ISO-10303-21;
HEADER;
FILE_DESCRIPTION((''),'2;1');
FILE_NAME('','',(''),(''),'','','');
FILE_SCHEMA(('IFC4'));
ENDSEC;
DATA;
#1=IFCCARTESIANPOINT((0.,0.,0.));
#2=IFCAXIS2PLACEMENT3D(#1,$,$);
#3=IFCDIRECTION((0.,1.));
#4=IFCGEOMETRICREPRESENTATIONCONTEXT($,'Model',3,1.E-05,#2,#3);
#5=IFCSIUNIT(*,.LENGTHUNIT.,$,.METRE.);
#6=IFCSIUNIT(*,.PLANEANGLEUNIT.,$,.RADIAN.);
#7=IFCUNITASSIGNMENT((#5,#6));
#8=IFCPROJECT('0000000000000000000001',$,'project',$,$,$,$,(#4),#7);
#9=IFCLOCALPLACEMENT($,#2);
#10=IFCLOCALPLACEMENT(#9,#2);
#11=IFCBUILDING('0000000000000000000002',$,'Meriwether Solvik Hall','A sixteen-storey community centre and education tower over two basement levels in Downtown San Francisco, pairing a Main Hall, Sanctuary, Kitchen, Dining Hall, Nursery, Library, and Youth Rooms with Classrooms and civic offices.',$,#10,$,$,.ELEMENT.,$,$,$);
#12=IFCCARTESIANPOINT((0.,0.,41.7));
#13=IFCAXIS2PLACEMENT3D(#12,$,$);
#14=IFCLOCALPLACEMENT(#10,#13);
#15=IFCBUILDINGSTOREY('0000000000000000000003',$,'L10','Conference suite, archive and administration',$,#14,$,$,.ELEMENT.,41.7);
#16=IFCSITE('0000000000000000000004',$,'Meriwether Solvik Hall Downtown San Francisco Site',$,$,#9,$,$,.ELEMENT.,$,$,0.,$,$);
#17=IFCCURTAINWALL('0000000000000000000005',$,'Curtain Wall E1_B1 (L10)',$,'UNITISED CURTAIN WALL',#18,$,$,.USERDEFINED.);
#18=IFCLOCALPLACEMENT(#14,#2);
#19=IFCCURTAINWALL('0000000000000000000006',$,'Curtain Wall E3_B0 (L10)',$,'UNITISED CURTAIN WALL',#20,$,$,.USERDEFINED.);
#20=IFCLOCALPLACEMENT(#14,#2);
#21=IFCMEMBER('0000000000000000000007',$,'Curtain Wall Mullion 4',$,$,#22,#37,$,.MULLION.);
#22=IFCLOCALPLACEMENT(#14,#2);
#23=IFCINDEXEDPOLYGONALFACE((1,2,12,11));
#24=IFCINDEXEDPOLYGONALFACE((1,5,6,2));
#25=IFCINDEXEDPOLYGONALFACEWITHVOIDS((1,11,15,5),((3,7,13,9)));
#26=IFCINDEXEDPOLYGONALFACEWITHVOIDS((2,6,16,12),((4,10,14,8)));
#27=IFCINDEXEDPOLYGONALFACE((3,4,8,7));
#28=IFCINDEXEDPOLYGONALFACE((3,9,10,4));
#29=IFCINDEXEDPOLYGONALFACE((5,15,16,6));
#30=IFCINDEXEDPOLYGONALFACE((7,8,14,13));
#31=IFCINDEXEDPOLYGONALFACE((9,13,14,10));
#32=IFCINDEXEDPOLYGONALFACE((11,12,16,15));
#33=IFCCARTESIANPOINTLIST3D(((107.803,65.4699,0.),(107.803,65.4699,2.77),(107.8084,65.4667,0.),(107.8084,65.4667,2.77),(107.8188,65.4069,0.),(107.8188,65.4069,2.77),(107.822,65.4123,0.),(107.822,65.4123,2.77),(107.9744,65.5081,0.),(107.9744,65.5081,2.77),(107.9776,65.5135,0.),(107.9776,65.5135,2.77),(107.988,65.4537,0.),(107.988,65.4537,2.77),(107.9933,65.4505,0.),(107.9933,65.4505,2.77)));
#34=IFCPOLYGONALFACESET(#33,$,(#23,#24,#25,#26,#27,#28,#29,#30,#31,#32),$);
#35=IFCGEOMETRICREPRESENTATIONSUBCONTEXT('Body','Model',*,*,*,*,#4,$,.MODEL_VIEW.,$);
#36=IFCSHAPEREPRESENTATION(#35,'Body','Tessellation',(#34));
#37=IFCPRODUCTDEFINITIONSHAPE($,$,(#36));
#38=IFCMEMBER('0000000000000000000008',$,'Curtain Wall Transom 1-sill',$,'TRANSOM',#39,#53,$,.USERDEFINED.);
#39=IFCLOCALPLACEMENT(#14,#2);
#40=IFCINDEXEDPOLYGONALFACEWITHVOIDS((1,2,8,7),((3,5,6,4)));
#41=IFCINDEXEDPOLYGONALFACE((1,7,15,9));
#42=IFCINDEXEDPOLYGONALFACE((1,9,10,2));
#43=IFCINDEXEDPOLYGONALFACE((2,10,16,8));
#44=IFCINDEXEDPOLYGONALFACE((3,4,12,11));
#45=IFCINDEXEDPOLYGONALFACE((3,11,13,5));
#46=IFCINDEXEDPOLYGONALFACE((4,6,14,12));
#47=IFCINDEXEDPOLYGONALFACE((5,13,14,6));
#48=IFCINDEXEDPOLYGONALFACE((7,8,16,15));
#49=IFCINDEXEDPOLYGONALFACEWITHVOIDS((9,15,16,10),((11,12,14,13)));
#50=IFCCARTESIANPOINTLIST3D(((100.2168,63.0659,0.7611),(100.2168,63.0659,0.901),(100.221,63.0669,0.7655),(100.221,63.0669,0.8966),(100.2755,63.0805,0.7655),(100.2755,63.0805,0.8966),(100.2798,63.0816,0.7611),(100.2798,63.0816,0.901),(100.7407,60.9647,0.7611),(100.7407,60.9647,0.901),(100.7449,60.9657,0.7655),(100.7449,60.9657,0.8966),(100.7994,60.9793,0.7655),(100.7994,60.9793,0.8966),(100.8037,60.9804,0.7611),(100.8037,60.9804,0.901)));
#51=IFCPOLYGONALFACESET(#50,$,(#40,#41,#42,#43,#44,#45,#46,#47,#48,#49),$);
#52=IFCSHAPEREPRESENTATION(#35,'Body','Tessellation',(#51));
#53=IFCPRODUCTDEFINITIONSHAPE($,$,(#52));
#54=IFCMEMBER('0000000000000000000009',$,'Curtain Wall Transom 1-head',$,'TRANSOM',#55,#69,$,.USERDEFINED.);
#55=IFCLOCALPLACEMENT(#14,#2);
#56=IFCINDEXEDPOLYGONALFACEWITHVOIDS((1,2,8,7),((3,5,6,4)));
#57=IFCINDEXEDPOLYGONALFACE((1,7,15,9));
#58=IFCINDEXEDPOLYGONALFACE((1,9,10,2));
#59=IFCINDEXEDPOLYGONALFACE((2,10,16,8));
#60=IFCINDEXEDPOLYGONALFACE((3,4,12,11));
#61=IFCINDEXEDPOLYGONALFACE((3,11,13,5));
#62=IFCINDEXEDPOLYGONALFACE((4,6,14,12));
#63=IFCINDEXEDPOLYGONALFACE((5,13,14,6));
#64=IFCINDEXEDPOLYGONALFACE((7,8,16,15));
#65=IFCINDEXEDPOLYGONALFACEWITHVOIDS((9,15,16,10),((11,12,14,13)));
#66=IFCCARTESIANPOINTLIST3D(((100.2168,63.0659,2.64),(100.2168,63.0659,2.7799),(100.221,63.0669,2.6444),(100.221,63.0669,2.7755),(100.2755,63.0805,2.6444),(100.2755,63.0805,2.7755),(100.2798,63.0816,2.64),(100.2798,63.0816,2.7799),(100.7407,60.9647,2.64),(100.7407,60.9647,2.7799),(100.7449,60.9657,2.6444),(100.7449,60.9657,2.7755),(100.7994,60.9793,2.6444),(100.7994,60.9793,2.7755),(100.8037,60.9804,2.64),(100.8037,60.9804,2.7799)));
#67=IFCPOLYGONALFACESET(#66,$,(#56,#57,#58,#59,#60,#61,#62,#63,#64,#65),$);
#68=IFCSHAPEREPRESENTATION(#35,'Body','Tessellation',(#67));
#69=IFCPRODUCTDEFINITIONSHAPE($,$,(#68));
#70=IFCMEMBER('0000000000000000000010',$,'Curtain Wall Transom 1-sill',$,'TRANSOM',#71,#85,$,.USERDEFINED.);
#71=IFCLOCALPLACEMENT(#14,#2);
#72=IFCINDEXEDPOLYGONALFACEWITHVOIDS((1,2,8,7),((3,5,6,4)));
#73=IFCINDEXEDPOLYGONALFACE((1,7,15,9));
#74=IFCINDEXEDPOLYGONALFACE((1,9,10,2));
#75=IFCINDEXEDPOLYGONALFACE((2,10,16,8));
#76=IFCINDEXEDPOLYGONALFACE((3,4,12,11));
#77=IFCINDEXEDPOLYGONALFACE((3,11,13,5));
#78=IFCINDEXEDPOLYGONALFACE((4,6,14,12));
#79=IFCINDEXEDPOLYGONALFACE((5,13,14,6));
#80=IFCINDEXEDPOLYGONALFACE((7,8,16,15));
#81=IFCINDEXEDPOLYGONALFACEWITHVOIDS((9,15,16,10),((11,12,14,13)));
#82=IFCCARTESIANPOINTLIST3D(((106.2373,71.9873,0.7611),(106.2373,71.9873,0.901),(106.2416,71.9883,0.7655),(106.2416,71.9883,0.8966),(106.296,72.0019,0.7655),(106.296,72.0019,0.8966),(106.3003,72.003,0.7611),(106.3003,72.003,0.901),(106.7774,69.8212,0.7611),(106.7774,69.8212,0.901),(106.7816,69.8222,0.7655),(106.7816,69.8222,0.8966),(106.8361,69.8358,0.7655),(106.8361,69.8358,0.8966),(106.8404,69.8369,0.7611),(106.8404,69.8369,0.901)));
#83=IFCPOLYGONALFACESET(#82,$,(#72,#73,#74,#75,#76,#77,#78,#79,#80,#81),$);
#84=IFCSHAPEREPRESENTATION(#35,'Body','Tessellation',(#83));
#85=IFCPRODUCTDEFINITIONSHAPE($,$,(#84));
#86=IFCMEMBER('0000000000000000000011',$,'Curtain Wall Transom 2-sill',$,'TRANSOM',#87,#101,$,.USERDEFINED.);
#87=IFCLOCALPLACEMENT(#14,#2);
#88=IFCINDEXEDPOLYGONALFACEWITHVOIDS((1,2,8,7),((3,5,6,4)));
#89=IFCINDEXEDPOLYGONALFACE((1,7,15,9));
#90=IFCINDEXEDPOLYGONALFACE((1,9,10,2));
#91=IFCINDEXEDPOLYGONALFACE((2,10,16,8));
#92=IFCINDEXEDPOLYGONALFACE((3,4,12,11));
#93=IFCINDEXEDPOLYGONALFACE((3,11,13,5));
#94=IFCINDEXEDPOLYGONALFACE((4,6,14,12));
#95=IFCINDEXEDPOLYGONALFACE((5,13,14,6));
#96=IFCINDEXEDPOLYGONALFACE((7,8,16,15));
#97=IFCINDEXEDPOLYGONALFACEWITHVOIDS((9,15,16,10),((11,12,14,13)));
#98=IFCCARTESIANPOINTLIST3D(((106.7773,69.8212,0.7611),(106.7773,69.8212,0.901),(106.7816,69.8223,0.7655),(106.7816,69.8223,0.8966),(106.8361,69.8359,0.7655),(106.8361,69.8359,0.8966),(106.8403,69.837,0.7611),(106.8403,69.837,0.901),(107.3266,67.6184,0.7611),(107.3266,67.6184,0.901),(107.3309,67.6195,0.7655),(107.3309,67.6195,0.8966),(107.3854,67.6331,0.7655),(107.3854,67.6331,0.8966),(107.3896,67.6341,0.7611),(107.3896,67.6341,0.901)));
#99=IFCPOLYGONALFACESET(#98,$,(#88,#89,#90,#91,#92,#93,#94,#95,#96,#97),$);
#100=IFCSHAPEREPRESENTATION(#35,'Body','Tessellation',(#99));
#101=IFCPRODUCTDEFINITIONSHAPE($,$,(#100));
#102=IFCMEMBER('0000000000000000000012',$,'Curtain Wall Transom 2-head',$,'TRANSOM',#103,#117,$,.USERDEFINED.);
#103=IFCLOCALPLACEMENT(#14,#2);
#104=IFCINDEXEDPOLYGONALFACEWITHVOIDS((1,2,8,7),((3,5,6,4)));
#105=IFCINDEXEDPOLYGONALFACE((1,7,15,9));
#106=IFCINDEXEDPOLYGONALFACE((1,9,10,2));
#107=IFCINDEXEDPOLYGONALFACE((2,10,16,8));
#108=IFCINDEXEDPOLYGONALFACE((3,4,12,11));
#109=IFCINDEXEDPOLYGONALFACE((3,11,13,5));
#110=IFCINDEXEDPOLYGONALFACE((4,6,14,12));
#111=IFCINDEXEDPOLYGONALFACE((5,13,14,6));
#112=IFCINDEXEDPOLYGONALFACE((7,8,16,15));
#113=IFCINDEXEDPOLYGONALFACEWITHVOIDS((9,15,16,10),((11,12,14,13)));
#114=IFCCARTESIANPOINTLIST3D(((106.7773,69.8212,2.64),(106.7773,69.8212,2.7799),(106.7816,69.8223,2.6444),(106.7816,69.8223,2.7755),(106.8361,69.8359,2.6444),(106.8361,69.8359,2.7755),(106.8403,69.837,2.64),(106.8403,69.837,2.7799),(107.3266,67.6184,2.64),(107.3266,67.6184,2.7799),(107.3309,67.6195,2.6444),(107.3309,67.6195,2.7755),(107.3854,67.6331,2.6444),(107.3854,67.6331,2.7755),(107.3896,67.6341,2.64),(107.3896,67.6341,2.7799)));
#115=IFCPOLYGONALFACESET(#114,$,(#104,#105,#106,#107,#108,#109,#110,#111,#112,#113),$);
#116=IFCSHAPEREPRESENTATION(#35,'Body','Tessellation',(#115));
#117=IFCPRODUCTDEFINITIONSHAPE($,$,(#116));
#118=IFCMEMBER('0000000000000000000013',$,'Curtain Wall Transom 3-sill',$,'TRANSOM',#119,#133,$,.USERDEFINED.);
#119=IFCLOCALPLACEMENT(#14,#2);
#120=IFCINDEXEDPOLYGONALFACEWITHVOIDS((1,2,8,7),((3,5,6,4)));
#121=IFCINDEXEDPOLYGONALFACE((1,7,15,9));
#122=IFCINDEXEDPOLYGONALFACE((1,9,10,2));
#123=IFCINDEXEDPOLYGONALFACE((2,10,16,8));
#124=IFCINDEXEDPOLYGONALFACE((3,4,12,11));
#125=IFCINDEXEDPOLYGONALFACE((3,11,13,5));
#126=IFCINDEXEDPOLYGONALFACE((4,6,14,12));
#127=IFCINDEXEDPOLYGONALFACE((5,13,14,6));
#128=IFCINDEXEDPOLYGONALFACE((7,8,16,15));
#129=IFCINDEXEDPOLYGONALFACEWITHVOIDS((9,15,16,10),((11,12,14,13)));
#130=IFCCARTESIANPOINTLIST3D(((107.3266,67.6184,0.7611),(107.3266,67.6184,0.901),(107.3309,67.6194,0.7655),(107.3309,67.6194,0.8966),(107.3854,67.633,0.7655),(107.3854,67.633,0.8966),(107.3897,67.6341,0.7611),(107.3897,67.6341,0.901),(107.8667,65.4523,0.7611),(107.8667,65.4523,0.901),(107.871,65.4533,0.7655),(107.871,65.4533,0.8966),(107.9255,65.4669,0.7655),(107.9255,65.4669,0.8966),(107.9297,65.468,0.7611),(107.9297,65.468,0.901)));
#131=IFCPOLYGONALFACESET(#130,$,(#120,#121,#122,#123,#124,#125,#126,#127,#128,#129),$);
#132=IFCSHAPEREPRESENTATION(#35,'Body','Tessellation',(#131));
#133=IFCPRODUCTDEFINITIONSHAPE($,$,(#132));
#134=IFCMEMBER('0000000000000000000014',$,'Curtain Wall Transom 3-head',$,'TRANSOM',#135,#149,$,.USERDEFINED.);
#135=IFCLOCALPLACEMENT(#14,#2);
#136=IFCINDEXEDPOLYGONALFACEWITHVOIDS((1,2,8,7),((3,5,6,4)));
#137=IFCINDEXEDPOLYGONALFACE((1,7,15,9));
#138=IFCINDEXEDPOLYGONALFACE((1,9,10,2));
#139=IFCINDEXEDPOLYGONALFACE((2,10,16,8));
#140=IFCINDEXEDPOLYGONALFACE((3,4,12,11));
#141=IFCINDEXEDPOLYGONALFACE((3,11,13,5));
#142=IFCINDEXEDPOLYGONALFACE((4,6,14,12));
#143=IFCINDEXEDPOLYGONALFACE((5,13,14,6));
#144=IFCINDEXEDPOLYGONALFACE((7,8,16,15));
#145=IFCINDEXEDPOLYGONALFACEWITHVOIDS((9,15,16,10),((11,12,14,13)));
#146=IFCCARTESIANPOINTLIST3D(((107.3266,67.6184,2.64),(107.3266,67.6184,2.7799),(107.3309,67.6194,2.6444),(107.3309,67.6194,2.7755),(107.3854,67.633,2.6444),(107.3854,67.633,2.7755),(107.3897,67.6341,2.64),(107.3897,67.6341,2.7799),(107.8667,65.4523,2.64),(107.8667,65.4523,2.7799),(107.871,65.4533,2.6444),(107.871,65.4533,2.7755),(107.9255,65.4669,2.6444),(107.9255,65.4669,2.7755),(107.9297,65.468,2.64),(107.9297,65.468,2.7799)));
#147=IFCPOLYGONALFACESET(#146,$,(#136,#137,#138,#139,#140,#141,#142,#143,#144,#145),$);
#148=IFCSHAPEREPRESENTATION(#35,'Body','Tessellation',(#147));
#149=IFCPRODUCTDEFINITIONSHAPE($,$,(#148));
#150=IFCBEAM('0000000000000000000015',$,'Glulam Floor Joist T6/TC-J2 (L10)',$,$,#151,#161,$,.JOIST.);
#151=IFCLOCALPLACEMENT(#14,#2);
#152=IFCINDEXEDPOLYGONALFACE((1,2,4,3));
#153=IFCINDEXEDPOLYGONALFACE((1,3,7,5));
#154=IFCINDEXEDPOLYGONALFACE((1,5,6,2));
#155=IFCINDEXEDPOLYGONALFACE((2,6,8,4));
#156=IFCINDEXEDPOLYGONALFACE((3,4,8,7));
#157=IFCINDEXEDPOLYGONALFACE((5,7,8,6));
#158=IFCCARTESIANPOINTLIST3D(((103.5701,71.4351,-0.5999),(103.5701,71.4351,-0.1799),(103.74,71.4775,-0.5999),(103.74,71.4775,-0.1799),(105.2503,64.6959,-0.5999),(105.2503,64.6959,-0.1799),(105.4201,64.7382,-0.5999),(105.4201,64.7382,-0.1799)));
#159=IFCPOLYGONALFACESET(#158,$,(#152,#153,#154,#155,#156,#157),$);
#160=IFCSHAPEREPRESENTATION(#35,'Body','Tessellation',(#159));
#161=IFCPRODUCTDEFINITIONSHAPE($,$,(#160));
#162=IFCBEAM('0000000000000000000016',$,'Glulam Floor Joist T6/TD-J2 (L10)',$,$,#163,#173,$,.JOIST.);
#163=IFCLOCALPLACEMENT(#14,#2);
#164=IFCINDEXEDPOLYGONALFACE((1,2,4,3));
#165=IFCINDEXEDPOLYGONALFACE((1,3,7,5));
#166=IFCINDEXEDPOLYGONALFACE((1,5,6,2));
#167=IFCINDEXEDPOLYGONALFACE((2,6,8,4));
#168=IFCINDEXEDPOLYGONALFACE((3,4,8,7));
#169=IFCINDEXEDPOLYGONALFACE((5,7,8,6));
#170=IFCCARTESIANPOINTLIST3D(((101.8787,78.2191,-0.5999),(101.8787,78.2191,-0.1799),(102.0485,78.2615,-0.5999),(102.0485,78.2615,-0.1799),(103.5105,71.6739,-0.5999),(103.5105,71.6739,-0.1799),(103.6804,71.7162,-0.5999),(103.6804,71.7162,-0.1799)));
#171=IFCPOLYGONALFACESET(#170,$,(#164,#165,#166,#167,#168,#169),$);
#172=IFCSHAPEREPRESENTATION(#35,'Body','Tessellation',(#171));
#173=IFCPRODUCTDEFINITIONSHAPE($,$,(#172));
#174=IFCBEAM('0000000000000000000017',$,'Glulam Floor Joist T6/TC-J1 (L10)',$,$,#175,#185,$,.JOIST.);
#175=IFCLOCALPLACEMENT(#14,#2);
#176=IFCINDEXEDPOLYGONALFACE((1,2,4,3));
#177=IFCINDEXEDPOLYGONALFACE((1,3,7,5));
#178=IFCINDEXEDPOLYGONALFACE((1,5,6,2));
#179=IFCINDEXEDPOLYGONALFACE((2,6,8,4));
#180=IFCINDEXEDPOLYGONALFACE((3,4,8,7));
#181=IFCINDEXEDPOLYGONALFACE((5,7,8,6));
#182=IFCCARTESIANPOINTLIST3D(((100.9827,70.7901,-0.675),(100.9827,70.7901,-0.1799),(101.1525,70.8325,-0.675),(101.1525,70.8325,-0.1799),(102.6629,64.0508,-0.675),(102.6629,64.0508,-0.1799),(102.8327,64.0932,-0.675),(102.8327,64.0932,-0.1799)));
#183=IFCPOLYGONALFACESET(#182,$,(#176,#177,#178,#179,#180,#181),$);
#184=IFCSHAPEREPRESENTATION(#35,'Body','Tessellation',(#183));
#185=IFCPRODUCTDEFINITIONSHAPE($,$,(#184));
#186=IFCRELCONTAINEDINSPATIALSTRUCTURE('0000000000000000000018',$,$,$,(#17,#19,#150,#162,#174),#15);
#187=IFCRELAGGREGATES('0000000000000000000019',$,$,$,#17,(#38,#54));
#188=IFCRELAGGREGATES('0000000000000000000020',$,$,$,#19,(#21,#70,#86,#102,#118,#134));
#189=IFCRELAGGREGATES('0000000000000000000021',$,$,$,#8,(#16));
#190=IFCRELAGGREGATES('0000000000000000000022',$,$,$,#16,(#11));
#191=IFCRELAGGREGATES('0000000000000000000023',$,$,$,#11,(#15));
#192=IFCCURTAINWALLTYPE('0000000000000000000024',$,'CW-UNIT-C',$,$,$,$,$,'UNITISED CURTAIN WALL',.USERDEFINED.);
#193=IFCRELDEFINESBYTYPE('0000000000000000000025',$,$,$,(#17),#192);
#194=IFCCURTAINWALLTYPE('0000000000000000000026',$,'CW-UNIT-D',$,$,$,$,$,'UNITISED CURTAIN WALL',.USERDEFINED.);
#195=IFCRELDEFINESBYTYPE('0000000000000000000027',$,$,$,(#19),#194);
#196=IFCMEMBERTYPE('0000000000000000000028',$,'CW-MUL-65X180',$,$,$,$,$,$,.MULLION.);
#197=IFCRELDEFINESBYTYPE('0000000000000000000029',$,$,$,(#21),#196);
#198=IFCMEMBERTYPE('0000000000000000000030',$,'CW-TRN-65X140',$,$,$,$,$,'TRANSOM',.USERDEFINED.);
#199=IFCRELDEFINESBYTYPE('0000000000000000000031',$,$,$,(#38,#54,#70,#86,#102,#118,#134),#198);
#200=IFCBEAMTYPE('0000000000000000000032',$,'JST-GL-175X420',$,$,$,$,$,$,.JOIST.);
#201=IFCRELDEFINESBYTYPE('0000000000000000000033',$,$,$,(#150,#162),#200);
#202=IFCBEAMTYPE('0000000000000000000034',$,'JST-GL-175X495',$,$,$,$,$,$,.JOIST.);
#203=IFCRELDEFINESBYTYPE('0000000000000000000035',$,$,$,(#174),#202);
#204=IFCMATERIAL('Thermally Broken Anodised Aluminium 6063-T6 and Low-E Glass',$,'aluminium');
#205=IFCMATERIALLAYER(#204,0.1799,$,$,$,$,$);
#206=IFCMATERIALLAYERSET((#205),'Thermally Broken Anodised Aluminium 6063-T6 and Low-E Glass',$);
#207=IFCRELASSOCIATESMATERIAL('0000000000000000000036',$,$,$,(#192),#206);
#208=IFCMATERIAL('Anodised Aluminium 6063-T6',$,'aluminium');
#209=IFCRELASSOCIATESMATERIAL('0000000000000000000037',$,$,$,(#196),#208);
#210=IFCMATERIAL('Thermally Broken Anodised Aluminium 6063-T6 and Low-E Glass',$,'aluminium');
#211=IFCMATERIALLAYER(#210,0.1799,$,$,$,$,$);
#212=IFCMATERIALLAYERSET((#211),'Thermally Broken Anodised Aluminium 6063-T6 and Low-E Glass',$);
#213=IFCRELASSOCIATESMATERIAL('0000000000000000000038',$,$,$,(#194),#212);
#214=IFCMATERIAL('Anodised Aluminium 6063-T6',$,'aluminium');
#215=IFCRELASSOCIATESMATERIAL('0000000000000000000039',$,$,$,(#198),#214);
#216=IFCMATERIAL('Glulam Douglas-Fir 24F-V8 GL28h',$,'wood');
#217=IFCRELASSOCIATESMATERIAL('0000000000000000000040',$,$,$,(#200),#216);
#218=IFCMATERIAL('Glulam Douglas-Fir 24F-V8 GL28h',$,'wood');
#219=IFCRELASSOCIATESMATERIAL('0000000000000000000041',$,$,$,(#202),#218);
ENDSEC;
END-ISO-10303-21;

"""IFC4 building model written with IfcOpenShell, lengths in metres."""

from ifc_helpers import new_model, si_unit, direction, frame, origin, origin_2d, place, context, subcontext, project, spatial, rectangle, hollow_rectangle, extrude, material, layer, layer_set, material_profile, profile_set, type_object, element, aggregate, save


model = new_model("IFC4")

# Units and contexts
model_context = context("Model", 3, precision=1e-05, world=origin(), true_north=direction((0.0, 1.0)))
body_context = subcontext(model_context, "Body", "Model", "MODEL_VIEW")
ifc_project = project(units=[si_unit("LENGTHUNIT", "METRE"), si_unit("PLANEANGLEUNIT", "RADIAN")], contexts=[model_context])

# Site, building, storey
site_placement = place(None, origin())
site = spatial("IfcSite", under=ifc_project, at=site_placement, Name="Meriwether Solvik Hall Downtown San Francisco Site", CompositionType="ELEMENT", RefElevation=0.0)
building_placement = place(site_placement, origin())
building = spatial("IfcBuilding", under=site, at=building_placement, Name="Meriwether Solvik Hall", Description="A sixteen-storey community centre and education tower over two basement levels in Downtown San Francisco, pairing a Main Hall, Sanctuary, Kitchen, Dining Hall, Nursery, Library, and Youth Rooms with Classrooms and civic offices.", CompositionType="ELEMENT")
storey_placement = place(building_placement, frame((0.0, 0.0, 41.7)))
storey = spatial("IfcBuildingStorey", under=building, at=storey_placement, Name="L10", Description="Conference suite, archive and administration", CompositionType="ELEMENT", Elevation=41.7)

# Curtain wall
ifc_material_1 = material(Name="Thermally Broken Anodised Aluminium 6063-T6 and Low-E Glass", Category="aluminium")
ifc_layer_1 = layer(ifc_material_1, 0.1799)
ifc_layer_set_1 = layer_set([ifc_layer_1], Name="Thermally Broken Anodised Aluminium 6063-T6 and Low-E Glass")
curtain_wall_type_1 = type_object("IfcCurtainWallType", Name="CW-UNIT-C", ElementType="UNITISED CURTAIN WALL", PredefinedType="USERDEFINED", material=ifc_layer_set_1)
curtain_wall_1_placement = place(storey_placement, origin())
curtain_wall_1 = element("IfcCurtainWall", 1, at=curtain_wall_1_placement, inside=storey, type_object=curtain_wall_type_1, Name="Curtain Wall E1_B1 (L10)", ObjectType="UNITISED CURTAIN WALL", PredefinedType="USERDEFINED")
ifc_material_2 = material(Name="Anodised Aluminium 6063-T6", Category="aluminium")
ifc_material_profile_1 = material_profile(ifc_material_2, hollow_rectangle(XDim=0.0649, YDim=0.1799, WallThickness=0.0044, at=origin_2d()), Name="CWM-65X180")
ifc_profile_set_1 = profile_set([ifc_material_profile_1], Name="Anodised Aluminium 6063-T6")
member_type_1 = type_object("IfcMemberType", Name="CW-MUL-65X180", PredefinedType="MULLION", material=ifc_profile_set_1)

# Curtain wall, member
ifc_material_3 = material(Name="Thermally Broken Anodised Aluminium 6063-T6 and Low-E Glass", Category="aluminium")
ifc_layer_2 = layer(ifc_material_3, 0.1799)
ifc_layer_set_2 = layer_set([ifc_layer_2], Name="Thermally Broken Anodised Aluminium 6063-T6 and Low-E Glass")
curtain_wall_type_2 = type_object("IfcCurtainWallType", Name="CW-UNIT-D", ElementType="UNITISED CURTAIN WALL", PredefinedType="USERDEFINED", material=ifc_layer_set_2)
curtain_wall_2_placement = place(storey_placement, origin())
curtain_wall_2 = element("IfcCurtainWall", 2, at=curtain_wall_2_placement, inside=storey, type_object=curtain_wall_type_2, Name="Curtain Wall E3_B0 (L10)", ObjectType="UNITISED CURTAIN WALL", PredefinedType="USERDEFINED")
member_1_placement = place(storey_placement, frame((107.8982, 65.4602, 0.0), z_axis=(0.0, 0.0, 1.0), x_axis=(0.241922, -0.970296, 0.0)))
member_1 = element("IfcMember", 3, at=member_1_placement, type_object=member_type_1, Name="Curtain Wall Mullion 4", PredefinedType="MULLION", context=body_context, shape_type="SweptSolid", body=[
    extrude(hollow_rectangle(XDim=0.0649, YDim=0.1799, WallThickness=0.0044, at=origin_2d()), origin(), (0.0, 0.0, 1.0), 2.77),
])

# Members
ifc_material_4 = material(Name="Anodised Aluminium 6063-T6", Category="aluminium")
ifc_material_profile_2 = material_profile(ifc_material_4, hollow_rectangle(XDim=0.0649, YDim=0.1399, WallThickness=0.0044, at=origin_2d()), Name="CWT-65X140")
ifc_profile_set_2 = profile_set([ifc_material_profile_2], Name="Anodised Aluminium 6063-T6")
member_type_2 = type_object("IfcMemberType", Name="CW-TRN-65X140", ElementType="TRANSOM", PredefinedType="USERDEFINED", material=ifc_profile_set_2)
member_2_placement = place(storey_placement, frame((100.2483, 63.0737, 0.8311), z_axis=(0.241925, -0.970295, 0.0), x_axis=(0.970295, 0.241925, 0.0)))
member_2 = element("IfcMember", 4, at=member_2_placement, type_object=member_type_2, Name="Curtain Wall Transom 1-sill", ObjectType="TRANSOM", PredefinedType="USERDEFINED", context=body_context, shape_type="SweptSolid", body=[
    extrude(hollow_rectangle(XDim=0.0649, YDim=0.1399, WallThickness=0.0044, at=origin_2d()), origin(), (0.0, 0.0, 1.0), 2.1655),
])
member_3_placement = place(storey_placement, frame((100.2483, 63.0737, 2.71), z_axis=(0.241925, -0.970295, 0.0), x_axis=(0.970295, 0.241925, 0.0)))
member_3 = element("IfcMember", 5, at=member_3_placement, type_object=member_type_2, Name="Curtain Wall Transom 1-head", ObjectType="TRANSOM", PredefinedType="USERDEFINED", context=body_context, shape_type="SweptSolid", body=[
    extrude(hollow_rectangle(XDim=0.0649, YDim=0.1399, WallThickness=0.0044, at=origin_2d()), origin(), (0.0, 0.0, 1.0), 2.1655),
])
aggregate(curtain_wall_1, [member_2, member_3])
member_4_placement = place(storey_placement, frame((106.2688, 71.9951, 0.8311), z_axis=(0.241918, -0.970297, 0.0), x_axis=(0.970297, 0.241918, 0.0)))
member_4 = element("IfcMember", 6, at=member_4_placement, type_object=member_type_2, Name="Curtain Wall Transom 1-sill", ObjectType="TRANSOM", PredefinedType="USERDEFINED", context=body_context, shape_type="SweptSolid", body=[
    extrude(hollow_rectangle(XDim=0.0649, YDim=0.1399, WallThickness=0.0044, at=origin_2d()), origin(), (0.0, 0.0, 1.0), 2.2324),
])
member_5_placement = place(storey_placement, frame((106.8088, 69.8291, 0.8311), z_axis=(0.241954, -0.970288, 0.0), x_axis=(0.970288, 0.241954, 0.0)))
member_5 = element("IfcMember", 7, at=member_5_placement, type_object=member_type_2, Name="Curtain Wall Transom 2-sill", ObjectType="TRANSOM", PredefinedType="USERDEFINED", context=body_context, shape_type="SweptSolid", body=[
    extrude(hollow_rectangle(XDim=0.0649, YDim=0.1399, WallThickness=0.0044, at=origin_2d()), origin(), (0.0, 0.0, 1.0), 2.2703),
])
member_6_placement = place(storey_placement, frame((106.8088, 69.8291, 2.71), z_axis=(0.241954, -0.970288, 0.0), x_axis=(0.970288, 0.241954, 0.0)))
member_6 = element("IfcMember", 8, at=member_6_placement, type_object=member_type_2, Name="Curtain Wall Transom 2-head", ObjectType="TRANSOM", PredefinedType="USERDEFINED", context=body_context, shape_type="SweptSolid", body=[
    extrude(hollow_rectangle(XDim=0.0649, YDim=0.1399, WallThickness=0.0044, at=origin_2d()), origin(), (0.0, 0.0, 1.0), 2.2703),
])
member_7_placement = place(storey_placement, frame((107.3582, 67.6262, 0.8311), z_axis=(0.241918, -0.970297, 0.0), x_axis=(0.970297, 0.241918, 0.0)))
member_7 = element("IfcMember", 9, at=member_7_placement, type_object=member_type_2, Name="Curtain Wall Transom 3-sill", ObjectType="TRANSOM", PredefinedType="USERDEFINED", context=body_context, shape_type="SweptSolid", body=[
    extrude(hollow_rectangle(XDim=0.0649, YDim=0.1399, WallThickness=0.0044, at=origin_2d()), origin(), (0.0, 0.0, 1.0), 2.2324),
])
member_8_placement = place(storey_placement, frame((107.3582, 67.6262, 2.71), z_axis=(0.241918, -0.970297, 0.0), x_axis=(0.970297, 0.241918, 0.0)))
member_8 = element("IfcMember", 10, at=member_8_placement, type_object=member_type_2, Name="Curtain Wall Transom 3-head", ObjectType="TRANSOM", PredefinedType="USERDEFINED", context=body_context, shape_type="SweptSolid", body=[
    extrude(hollow_rectangle(XDim=0.0649, YDim=0.1399, WallThickness=0.0044, at=origin_2d()), origin(), (0.0, 0.0, 1.0), 2.2324),
])

# Beams
ifc_material_5 = material(Name="Glulam Douglas-Fir 24F-V8 GL28h", Category="wood")
ifc_material_profile_3 = material_profile(ifc_material_5, rectangle(XDim=0.175, YDim=0.4199, at=origin_2d()), Name="GLJ-175X420")
ifc_profile_set_3 = profile_set([ifc_material_profile_3], Name="Glulam Douglas-Fir 24F-V8 GL28h")
beam_type_1 = type_object("IfcBeamType", Name="JST-GL-175X420", PredefinedType="JOIST", material=ifc_profile_set_3)
beam_1_placement = place(storey_placement, frame((105.3352, 64.717, -0.3899), z_axis=(-0.241907, 0.970299, 0.0), x_axis=(-0.970299, -0.241907, 0.0)))
element("IfcBeam", 11, at=beam_1_placement, inside=storey, type_object=beam_type_1, Name="Glulam Floor Joist T6/TC-J2 (L10)", PredefinedType="JOIST", context=body_context, shape_type="SweptSolid", body=[
    extrude(rectangle(XDim=0.175, YDim=0.4199, at=origin_2d()), origin(), (0.0, 0.0, 1.0), 6.9456),
])
beam_2_placement = place(storey_placement, frame((103.5955, 71.6951, -0.3899), z_axis=(-0.241914, 0.970298, 0.0), x_axis=(-0.970298, -0.241914, 0.0)))
element("IfcBeam", 12, at=beam_2_placement, inside=storey, type_object=beam_type_1, Name="Glulam Floor Joist T6/TD-J2 (L10)", PredefinedType="JOIST", context=body_context, shape_type="SweptSolid", body=[
    extrude(rectangle(XDim=0.175, YDim=0.4199, at=origin_2d()), origin(), (0.0, 0.0, 1.0), 6.7456),
])
ifc_material_6 = material(Name="Glulam Douglas-Fir 24F-V8 GL28h", Category="wood")
ifc_material_profile_4 = material_profile(ifc_material_6, rectangle(XDim=0.175, YDim=0.4951, at=origin_2d()), Name="GLJ-175X495")
ifc_profile_set_4 = profile_set([ifc_material_profile_4], Name="Glulam Douglas-Fir 24F-V8 GL28h")
beam_type_2 = type_object("IfcBeamType", Name="JST-GL-175X495", PredefinedType="JOIST", material=ifc_profile_set_4)
beam_3_placement = place(storey_placement, frame((102.7478, 64.072, -0.4275), z_axis=(-0.241907, 0.970299, 0.0), x_axis=(-0.970299, -0.241907, 0.0)))
element("IfcBeam", 13, at=beam_3_placement, inside=storey, type_object=beam_type_2, Name="Glulam Floor Joist T6/TC-J1 (L10)", PredefinedType="JOIST", context=body_context, shape_type="SweptSolid", body=[
    extrude(rectangle(XDim=0.175, YDim=0.4951, at=origin_2d()), origin(), (0.0, 0.0, 1.0), 6.9456),
])

aggregate(curtain_wall_2, [member_1, member_4, member_5, member_6, member_7, member_8])

save(model, "model.ifc")
